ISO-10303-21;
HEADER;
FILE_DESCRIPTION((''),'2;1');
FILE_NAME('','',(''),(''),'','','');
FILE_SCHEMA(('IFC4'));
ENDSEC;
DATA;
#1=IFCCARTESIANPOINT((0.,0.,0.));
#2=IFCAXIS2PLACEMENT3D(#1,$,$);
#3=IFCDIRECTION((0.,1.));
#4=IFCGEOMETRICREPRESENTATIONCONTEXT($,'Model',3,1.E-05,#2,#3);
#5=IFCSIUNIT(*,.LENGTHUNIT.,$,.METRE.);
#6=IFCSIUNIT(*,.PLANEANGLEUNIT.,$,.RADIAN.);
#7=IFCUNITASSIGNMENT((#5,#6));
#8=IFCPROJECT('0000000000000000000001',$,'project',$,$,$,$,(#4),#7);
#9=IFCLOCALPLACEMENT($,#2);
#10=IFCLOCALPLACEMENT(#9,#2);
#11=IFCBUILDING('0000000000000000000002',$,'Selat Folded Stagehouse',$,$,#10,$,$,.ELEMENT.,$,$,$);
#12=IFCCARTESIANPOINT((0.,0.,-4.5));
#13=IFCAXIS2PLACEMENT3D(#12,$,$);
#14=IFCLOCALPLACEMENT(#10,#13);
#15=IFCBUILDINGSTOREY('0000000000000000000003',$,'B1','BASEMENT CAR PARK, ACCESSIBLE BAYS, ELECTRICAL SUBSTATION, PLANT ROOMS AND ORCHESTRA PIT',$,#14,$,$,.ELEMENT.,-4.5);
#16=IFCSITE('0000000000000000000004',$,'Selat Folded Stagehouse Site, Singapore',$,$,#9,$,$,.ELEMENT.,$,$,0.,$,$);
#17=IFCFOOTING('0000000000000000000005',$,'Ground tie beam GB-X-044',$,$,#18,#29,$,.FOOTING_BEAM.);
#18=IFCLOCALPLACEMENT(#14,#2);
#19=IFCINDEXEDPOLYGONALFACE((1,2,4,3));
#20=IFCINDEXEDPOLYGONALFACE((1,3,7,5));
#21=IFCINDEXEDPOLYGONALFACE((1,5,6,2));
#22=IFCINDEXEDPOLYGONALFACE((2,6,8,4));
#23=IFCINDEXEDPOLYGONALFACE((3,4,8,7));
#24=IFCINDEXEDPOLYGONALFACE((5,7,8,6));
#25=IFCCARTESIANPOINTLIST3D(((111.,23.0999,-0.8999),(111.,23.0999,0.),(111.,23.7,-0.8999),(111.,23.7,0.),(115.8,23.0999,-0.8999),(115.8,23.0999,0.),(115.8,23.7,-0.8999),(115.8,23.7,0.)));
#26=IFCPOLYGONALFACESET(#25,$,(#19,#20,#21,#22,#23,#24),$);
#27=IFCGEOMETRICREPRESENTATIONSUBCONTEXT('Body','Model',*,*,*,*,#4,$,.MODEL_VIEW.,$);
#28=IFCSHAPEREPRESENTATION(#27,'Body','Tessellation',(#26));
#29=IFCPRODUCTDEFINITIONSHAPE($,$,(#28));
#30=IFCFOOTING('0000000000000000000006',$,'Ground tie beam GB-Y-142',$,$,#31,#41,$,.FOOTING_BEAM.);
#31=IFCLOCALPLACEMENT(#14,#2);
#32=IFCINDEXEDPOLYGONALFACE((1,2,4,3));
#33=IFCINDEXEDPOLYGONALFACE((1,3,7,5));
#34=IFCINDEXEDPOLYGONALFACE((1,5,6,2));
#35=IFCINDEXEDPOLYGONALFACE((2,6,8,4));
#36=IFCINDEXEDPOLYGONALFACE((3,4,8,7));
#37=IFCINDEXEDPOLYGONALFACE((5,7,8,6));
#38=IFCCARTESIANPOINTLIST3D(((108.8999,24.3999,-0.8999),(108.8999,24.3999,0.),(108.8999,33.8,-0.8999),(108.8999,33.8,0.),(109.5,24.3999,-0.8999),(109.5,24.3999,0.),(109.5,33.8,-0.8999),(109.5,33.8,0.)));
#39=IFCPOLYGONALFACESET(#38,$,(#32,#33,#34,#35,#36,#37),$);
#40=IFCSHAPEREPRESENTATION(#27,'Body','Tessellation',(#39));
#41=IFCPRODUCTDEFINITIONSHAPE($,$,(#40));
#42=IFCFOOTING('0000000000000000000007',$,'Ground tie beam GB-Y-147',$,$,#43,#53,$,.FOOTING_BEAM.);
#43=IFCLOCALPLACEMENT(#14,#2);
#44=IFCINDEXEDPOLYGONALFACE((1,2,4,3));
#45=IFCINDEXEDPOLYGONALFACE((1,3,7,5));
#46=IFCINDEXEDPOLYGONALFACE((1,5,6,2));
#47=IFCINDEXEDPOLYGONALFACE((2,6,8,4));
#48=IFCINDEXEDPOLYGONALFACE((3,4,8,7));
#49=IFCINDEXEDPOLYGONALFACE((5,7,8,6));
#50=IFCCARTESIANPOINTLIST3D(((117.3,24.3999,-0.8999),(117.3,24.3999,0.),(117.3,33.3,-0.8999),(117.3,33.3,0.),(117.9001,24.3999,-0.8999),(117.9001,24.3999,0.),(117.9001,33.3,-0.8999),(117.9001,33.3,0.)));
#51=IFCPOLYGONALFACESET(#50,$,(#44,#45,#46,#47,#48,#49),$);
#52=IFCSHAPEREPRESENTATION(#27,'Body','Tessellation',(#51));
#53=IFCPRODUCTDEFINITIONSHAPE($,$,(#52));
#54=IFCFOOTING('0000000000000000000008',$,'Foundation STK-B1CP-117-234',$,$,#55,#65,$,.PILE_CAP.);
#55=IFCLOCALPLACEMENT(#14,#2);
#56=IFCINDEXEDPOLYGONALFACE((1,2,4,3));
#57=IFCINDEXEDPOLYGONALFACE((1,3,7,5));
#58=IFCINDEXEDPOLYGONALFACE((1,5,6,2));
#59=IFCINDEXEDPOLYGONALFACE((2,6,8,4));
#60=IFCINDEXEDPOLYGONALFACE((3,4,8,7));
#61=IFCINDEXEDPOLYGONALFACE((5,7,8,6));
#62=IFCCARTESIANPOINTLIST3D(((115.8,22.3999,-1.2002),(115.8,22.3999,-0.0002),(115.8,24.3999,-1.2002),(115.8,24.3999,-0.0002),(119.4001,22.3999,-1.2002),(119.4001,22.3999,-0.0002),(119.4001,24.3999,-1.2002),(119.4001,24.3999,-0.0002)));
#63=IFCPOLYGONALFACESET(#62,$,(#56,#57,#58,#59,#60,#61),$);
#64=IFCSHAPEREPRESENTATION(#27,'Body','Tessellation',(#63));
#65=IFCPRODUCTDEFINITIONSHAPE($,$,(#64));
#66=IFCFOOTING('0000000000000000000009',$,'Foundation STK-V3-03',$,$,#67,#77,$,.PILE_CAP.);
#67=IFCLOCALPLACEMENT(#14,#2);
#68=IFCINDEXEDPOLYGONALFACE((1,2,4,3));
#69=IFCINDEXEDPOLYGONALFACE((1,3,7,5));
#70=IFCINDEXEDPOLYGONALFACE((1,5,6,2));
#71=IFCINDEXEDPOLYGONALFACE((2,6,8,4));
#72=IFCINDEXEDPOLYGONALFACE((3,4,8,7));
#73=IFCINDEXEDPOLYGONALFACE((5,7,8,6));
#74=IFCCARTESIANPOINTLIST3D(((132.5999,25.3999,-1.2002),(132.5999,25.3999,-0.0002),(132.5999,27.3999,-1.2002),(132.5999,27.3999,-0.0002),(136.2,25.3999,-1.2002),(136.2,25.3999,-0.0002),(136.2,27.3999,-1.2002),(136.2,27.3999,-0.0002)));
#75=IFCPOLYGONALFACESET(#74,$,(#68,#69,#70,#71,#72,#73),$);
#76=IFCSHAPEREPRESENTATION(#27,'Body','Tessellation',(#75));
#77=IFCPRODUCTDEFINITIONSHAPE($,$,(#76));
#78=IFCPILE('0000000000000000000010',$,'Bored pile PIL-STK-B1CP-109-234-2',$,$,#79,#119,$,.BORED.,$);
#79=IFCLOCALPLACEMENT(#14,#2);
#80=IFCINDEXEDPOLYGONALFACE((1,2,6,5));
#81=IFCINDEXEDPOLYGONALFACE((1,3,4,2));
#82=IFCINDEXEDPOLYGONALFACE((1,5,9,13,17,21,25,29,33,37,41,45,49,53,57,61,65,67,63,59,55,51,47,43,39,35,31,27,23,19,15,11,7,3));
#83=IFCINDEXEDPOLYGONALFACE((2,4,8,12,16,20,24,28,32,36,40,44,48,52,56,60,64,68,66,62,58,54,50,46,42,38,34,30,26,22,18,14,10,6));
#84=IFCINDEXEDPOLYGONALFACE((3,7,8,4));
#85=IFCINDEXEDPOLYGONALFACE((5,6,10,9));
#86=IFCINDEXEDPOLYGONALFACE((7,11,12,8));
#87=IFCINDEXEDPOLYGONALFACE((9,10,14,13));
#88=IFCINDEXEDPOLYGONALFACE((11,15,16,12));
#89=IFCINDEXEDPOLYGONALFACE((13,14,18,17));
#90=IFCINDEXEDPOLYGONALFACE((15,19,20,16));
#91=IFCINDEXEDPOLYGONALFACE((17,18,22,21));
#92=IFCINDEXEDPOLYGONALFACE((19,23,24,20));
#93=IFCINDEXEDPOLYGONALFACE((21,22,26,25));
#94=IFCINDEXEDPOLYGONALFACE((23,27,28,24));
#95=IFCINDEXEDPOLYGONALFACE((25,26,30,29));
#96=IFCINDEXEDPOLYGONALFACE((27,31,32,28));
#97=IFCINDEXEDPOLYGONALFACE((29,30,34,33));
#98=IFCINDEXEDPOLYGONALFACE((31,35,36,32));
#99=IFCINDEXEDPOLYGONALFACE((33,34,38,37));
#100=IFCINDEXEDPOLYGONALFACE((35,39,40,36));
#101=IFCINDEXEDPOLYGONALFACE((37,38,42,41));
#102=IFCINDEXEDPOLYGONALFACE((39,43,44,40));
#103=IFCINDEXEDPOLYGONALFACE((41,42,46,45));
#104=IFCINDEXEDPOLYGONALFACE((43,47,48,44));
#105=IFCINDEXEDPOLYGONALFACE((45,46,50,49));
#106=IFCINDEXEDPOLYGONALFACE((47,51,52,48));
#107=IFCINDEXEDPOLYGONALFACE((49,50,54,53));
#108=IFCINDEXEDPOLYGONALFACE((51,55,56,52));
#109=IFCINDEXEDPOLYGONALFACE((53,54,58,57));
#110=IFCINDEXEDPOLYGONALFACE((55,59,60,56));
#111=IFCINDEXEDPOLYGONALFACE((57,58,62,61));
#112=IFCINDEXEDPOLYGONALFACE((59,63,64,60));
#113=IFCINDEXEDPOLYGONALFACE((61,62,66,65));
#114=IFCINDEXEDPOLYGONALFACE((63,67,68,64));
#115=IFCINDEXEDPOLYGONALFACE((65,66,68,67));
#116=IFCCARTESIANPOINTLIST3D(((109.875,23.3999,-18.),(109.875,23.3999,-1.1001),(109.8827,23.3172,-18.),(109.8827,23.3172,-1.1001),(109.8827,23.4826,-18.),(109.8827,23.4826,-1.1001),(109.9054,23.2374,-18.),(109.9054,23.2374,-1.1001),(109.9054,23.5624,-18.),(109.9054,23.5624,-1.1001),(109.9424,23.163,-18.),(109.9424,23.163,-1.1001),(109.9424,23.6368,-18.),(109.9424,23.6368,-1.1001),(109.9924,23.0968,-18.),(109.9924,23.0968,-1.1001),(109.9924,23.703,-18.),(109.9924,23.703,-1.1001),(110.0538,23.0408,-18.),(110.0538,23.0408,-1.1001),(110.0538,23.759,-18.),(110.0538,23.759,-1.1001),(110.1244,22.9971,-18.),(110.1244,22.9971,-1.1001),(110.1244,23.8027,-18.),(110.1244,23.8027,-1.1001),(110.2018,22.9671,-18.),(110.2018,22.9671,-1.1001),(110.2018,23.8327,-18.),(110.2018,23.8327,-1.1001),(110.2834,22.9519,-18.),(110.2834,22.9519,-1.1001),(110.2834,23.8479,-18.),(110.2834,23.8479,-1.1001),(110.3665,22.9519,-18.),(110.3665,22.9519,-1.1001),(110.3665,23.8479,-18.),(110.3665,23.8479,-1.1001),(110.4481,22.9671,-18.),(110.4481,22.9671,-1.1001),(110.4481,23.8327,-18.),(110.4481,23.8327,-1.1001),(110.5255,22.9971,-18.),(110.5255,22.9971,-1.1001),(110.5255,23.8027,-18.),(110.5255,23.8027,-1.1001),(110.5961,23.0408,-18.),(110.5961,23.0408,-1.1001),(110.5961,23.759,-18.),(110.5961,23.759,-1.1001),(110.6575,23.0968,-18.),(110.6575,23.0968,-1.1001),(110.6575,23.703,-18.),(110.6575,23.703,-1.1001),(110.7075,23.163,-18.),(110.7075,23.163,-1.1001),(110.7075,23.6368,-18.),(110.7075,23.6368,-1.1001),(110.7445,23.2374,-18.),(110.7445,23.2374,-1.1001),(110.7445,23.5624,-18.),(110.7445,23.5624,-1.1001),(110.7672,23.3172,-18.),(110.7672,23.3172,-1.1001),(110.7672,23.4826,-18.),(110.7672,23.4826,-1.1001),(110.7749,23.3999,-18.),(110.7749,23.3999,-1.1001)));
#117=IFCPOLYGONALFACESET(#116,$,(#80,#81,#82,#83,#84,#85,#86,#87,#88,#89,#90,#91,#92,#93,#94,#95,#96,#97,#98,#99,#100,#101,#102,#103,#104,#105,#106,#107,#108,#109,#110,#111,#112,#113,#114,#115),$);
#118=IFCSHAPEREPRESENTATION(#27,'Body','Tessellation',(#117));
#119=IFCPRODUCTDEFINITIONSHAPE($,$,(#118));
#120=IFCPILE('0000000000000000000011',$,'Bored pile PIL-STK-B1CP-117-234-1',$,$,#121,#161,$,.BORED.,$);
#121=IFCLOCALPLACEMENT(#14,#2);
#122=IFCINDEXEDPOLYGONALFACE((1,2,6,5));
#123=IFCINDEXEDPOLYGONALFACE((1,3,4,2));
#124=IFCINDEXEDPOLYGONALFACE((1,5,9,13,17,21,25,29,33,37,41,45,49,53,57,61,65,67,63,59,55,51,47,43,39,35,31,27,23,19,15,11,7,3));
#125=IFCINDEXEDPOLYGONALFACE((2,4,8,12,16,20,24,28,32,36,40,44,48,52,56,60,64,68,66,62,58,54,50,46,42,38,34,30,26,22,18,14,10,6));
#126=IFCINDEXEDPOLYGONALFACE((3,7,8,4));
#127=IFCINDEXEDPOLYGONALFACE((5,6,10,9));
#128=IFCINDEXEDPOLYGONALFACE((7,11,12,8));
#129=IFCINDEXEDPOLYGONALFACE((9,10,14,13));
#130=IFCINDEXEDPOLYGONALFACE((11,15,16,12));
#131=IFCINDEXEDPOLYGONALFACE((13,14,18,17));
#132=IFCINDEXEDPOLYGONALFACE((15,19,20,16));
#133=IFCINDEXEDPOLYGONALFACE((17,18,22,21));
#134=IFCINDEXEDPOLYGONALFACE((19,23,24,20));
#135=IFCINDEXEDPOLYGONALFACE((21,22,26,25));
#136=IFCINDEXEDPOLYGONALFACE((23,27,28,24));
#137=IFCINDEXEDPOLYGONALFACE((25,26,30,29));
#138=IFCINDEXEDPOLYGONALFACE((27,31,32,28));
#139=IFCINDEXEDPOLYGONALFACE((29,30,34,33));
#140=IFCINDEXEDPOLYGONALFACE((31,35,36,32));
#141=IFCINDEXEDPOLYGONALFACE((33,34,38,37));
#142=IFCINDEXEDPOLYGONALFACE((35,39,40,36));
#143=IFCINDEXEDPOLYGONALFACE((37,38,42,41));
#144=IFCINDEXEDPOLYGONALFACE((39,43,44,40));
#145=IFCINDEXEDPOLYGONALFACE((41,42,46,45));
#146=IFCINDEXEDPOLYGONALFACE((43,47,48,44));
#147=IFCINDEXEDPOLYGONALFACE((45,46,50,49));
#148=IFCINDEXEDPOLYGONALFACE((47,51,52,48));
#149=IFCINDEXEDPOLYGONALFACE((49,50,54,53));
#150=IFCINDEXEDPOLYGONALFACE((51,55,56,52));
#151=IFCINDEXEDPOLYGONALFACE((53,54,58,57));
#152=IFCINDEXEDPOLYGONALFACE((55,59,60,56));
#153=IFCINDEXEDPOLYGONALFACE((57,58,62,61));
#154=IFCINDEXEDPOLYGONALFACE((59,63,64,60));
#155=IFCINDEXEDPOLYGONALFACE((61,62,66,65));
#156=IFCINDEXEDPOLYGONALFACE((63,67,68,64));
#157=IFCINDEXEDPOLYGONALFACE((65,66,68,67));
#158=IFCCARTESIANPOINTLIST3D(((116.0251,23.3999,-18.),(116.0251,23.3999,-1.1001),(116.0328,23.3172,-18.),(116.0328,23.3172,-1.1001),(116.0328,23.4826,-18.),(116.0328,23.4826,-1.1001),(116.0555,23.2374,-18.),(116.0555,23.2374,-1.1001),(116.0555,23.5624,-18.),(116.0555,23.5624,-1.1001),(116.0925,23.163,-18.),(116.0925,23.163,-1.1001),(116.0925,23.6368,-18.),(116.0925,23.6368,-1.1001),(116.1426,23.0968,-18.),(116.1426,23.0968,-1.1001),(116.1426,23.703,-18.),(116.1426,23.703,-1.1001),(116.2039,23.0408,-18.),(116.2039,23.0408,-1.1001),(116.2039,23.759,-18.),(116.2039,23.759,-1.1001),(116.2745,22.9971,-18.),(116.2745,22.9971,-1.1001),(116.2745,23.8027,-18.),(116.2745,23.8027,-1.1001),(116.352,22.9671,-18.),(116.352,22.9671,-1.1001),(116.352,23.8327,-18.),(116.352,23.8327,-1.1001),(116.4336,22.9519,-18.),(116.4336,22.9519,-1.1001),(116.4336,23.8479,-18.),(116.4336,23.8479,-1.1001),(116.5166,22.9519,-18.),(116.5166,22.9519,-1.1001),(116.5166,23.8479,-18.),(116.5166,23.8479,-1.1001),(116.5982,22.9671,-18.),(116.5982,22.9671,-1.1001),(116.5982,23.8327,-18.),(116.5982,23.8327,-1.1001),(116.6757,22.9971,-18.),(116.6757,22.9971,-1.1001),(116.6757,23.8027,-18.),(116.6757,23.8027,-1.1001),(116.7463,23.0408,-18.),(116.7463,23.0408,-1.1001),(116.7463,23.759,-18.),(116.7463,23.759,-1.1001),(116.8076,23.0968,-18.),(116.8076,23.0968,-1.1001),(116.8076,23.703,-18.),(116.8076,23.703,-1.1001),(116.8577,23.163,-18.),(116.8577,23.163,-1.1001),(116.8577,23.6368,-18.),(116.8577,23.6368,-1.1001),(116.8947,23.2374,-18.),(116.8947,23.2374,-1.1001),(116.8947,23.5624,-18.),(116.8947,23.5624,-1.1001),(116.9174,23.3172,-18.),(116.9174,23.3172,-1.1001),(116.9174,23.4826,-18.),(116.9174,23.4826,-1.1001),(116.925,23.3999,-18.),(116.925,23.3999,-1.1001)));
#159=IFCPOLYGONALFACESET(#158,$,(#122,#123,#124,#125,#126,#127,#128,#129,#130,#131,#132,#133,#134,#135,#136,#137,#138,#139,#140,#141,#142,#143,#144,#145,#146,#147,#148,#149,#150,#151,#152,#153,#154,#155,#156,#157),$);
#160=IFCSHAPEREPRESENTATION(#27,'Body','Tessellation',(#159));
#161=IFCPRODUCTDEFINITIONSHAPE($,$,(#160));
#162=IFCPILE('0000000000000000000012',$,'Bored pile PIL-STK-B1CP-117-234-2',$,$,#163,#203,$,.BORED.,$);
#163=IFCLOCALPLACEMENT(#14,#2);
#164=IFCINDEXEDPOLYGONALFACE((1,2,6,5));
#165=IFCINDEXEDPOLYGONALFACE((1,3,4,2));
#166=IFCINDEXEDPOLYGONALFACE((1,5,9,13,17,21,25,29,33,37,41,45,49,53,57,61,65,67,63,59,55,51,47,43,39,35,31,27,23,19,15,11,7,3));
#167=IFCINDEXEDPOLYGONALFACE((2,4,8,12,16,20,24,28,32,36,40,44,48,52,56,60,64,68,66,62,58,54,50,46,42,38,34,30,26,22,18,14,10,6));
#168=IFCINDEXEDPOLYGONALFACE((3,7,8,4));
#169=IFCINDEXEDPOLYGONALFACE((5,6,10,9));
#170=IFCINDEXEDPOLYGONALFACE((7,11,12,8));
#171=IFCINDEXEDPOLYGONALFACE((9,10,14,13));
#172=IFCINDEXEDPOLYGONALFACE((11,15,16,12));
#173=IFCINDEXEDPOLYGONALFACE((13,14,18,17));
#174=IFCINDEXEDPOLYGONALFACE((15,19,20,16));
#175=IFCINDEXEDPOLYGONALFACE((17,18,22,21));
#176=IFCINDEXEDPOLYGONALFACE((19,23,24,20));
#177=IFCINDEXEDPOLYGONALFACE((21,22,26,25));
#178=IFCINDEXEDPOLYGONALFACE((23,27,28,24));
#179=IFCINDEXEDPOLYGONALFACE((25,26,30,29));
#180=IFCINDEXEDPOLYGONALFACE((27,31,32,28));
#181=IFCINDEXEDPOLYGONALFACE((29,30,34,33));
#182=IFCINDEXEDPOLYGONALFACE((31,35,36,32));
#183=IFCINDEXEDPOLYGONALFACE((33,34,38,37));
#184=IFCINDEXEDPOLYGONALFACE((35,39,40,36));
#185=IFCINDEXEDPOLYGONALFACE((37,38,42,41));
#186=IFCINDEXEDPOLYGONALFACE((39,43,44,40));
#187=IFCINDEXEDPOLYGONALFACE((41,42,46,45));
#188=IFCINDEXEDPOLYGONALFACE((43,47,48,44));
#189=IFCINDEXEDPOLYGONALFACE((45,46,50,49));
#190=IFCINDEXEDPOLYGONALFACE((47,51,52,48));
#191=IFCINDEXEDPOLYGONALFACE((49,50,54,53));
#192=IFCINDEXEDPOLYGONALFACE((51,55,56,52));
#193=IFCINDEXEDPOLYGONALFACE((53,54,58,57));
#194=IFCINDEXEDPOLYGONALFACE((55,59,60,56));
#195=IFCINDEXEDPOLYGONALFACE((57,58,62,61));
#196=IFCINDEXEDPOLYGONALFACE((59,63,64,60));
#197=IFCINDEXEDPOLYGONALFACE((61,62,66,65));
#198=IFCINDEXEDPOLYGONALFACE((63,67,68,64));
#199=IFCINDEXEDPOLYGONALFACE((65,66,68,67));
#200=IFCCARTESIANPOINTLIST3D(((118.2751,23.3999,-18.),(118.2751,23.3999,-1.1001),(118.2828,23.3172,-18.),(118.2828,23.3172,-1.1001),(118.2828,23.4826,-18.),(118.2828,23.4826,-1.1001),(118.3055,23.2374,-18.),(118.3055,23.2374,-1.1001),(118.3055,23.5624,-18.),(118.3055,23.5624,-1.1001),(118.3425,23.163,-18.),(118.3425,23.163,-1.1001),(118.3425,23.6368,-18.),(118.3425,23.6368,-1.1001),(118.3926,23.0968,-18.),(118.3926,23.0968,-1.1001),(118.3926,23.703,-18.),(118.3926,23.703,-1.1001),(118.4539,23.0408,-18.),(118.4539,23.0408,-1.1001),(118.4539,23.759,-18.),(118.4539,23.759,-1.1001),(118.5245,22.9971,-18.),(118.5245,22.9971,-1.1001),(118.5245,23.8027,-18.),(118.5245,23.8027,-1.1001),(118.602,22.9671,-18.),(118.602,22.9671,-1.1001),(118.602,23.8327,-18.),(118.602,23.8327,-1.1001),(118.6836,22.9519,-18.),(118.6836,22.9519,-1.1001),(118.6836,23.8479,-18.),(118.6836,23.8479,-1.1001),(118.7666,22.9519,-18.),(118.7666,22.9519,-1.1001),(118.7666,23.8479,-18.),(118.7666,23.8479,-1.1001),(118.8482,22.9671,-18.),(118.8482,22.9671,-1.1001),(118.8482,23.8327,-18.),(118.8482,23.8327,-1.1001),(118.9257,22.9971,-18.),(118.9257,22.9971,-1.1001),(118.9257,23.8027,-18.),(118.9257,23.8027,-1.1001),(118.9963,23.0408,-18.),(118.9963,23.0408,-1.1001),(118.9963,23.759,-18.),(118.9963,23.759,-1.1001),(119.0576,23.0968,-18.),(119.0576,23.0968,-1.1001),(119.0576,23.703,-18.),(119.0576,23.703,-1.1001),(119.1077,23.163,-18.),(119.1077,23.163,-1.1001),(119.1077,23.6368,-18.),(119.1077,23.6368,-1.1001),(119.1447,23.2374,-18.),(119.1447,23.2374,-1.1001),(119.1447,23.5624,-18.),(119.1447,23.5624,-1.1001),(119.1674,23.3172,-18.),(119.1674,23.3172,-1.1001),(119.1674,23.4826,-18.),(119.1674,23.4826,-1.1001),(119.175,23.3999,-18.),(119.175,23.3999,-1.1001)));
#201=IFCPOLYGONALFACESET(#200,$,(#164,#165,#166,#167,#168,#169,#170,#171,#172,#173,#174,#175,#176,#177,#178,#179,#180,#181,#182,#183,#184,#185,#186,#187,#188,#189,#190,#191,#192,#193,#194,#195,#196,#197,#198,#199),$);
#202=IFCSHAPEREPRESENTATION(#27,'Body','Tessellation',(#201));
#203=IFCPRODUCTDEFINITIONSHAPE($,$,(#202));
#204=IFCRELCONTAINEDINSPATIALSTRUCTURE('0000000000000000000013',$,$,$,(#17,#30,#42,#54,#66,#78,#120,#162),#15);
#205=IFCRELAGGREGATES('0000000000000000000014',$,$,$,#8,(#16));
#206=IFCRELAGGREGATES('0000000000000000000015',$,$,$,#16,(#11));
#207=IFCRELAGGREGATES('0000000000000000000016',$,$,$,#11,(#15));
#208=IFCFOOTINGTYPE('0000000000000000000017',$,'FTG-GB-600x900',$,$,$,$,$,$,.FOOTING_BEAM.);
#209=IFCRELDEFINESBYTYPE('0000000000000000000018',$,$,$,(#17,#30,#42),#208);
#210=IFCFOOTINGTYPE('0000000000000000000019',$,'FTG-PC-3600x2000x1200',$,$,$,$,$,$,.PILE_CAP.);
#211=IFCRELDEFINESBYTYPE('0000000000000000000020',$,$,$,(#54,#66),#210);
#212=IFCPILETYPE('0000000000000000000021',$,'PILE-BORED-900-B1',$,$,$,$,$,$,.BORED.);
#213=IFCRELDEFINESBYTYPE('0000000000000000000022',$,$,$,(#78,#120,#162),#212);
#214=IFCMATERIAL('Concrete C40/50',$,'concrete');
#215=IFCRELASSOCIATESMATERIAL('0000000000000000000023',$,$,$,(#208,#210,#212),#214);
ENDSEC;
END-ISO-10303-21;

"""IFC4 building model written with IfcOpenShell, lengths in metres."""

from ifc_helpers import new_model, si_unit, direction, frame, origin, origin_2d, place, context, subcontext, project, spatial, rectangle, circle, extrude, material, material_profile, profile_set, type_object, element, save


model = new_model("IFC4")

# Units and contexts
model_context = context("Model", 3, precision=1e-05, world=origin(), true_north=direction((0.0, 1.0)))
body_context = subcontext(model_context, "Body", "Model", "MODEL_VIEW")
ifc_project = project(units=[si_unit("LENGTHUNIT", "METRE"), si_unit("PLANEANGLEUNIT", "RADIAN")], contexts=[model_context])

# Site, building, storey
site_placement = place(None, origin())
site = spatial("IfcSite", under=ifc_project, at=site_placement, Name="Selat Folded Stagehouse Site, Singapore", CompositionType="ELEMENT", RefElevation=0.0)
building_placement = place(site_placement, origin())
building = spatial("IfcBuilding", under=site, at=building_placement, Name="Selat Folded Stagehouse", CompositionType="ELEMENT")
storey_placement = place(building_placement, frame((0.0, 0.0, -4.5)))
storey = spatial("IfcBuildingStorey", under=building, at=storey_placement, Name="B1", Description="BASEMENT CAR PARK, ACCESSIBLE BAYS, ELECTRICAL SUBSTATION, PLANT ROOMS AND ORCHESTRA PIT", CompositionType="ELEMENT", Elevation=-4.5)

# Footings
ifc_material_1 = material(Name="Concrete C40/50", Category="concrete")
ifc_material_profile_1 = material_profile(ifc_material_1, rectangle(XDim=0.6001, YDim=0.8999, at=origin_2d()), Name="RC 900x600")
ifc_profile_set_1 = profile_set([ifc_material_profile_1], Name="Concrete C40/50")
footing_type_1 = type_object("IfcFootingType", Name="FTG-GB-600x900", PredefinedType="FOOTING_BEAM", material=ifc_profile_set_1)
footing_1_placement = place(storey_placement, frame((111.0, 23.3999, -0.45), z_axis=(1.0, 0.0, 0.0), x_axis=(0.0, 1.0, 0.0)))
element("IfcFooting", 1, at=footing_1_placement, inside=storey, type_object=footing_type_1, Name="Ground tie beam GB-X-044", PredefinedType="FOOTING_BEAM", context=body_context, shape_type="SweptSolid", body=[
    extrude(rectangle(XDim=0.6001, YDim=0.8999, at=origin_2d()), origin(), (0.0, 0.0, 1.0), 4.8),
])
footing_2_placement = place(storey_placement, frame((109.2, 24.3999, -0.45), z_axis=(0.0, 1.0, 0.0), x_axis=(-1.0, 0.0, 0.0)))
element("IfcFooting", 2, at=footing_2_placement, inside=storey, type_object=footing_type_1, Name="Ground tie beam GB-Y-142", PredefinedType="FOOTING_BEAM", context=body_context, shape_type="SweptSolid", body=[
    extrude(rectangle(XDim=0.6001, YDim=0.8999, at=origin_2d()), origin(), (0.0, 0.0, 1.0), 9.4001),
])
footing_3_placement = place(storey_placement, frame((117.6001, 24.3999, -0.45), z_axis=(0.0, 1.0, 0.0), x_axis=(-1.0, 0.0, 0.0)))
element("IfcFooting", 3, at=footing_3_placement, inside=storey, type_object=footing_type_1, Name="Ground tie beam GB-Y-147", PredefinedType="FOOTING_BEAM", context=body_context, shape_type="SweptSolid", body=[
    extrude(rectangle(XDim=0.6001, YDim=0.8999, at=origin_2d()), origin(), (0.0, 0.0, 1.0), 8.9001),
])
footing_type_2 = type_object("IfcFootingType", Name="FTG-PC-3600x2000x1200", PredefinedType="PILE_CAP", material=ifc_material_1)
for number, where, z_axis, x_axis, name in (
    (4, (117.6001, 23.3999, -1.2002), (0.0, 0.0, 1.0), (1.0, 0.0, 0.0), "Foundation STK-B1CP-117-234"),
    (5, (134.3999, 26.3999, -1.2002), (0.0, 0.0, 1.0), (1.0, 0.0, 0.0), "Foundation STK-V3-03"),
):
    element("IfcFooting", number, at=place(storey_placement, frame(where, z_axis=z_axis, x_axis=x_axis)), inside=storey, type_object=footing_type_2, Name=name, PredefinedType="PILE_CAP", context=body_context, shape_type="SweptSolid", body=[
        extrude(rectangle(XDim=3.6001, YDim=2.0, at=origin_2d()), origin(), (0.0, 0.0, 1.0), 1.2),
    ])

# Piles
ifc_material_profile_2 = material_profile(ifc_material_1, circle(Radius=0.45, at=origin_2d()), Name="PILE D900")
ifc_profile_set_2 = profile_set([ifc_material_profile_2], Name="Concrete C40/50")
pile_type = type_object("IfcPileType", Name="PILE-BORED-900-B1", PredefinedType="BORED", material=ifc_profile_set_2)
for number, where, z_axis, x_axis, name in (
    (6, (110.325, 23.3999, -1.1001), (0.0, 0.0, -1.0), (1.0, 0.0, 0.0), "Bored pile PIL-STK-B1CP-109-234-2"),
    (7, (116.4751, 23.3999, -1.1001), (0.0, 0.0, -1.0), (1.0, 0.0, 0.0), "Bored pile PIL-STK-B1CP-117-234-1"),
    (8, (118.7251, 23.3999, -1.1001), (0.0, 0.0, -1.0), (1.0, 0.0, 0.0), "Bored pile PIL-STK-B1CP-117-234-2"),
):
    element("IfcPile", number, at=place(storey_placement, frame(where, z_axis=z_axis, x_axis=x_axis)), inside=storey, type_object=pile_type, Name=name, PredefinedType="BORED", context=body_context, shape_type="SweptSolid", body=[
        extrude(circle(Radius=0.45, at=origin_2d()), origin(), (0.0, 0.0, 1.0), 16.8999),
    ])

save(model, "model.ifc")
